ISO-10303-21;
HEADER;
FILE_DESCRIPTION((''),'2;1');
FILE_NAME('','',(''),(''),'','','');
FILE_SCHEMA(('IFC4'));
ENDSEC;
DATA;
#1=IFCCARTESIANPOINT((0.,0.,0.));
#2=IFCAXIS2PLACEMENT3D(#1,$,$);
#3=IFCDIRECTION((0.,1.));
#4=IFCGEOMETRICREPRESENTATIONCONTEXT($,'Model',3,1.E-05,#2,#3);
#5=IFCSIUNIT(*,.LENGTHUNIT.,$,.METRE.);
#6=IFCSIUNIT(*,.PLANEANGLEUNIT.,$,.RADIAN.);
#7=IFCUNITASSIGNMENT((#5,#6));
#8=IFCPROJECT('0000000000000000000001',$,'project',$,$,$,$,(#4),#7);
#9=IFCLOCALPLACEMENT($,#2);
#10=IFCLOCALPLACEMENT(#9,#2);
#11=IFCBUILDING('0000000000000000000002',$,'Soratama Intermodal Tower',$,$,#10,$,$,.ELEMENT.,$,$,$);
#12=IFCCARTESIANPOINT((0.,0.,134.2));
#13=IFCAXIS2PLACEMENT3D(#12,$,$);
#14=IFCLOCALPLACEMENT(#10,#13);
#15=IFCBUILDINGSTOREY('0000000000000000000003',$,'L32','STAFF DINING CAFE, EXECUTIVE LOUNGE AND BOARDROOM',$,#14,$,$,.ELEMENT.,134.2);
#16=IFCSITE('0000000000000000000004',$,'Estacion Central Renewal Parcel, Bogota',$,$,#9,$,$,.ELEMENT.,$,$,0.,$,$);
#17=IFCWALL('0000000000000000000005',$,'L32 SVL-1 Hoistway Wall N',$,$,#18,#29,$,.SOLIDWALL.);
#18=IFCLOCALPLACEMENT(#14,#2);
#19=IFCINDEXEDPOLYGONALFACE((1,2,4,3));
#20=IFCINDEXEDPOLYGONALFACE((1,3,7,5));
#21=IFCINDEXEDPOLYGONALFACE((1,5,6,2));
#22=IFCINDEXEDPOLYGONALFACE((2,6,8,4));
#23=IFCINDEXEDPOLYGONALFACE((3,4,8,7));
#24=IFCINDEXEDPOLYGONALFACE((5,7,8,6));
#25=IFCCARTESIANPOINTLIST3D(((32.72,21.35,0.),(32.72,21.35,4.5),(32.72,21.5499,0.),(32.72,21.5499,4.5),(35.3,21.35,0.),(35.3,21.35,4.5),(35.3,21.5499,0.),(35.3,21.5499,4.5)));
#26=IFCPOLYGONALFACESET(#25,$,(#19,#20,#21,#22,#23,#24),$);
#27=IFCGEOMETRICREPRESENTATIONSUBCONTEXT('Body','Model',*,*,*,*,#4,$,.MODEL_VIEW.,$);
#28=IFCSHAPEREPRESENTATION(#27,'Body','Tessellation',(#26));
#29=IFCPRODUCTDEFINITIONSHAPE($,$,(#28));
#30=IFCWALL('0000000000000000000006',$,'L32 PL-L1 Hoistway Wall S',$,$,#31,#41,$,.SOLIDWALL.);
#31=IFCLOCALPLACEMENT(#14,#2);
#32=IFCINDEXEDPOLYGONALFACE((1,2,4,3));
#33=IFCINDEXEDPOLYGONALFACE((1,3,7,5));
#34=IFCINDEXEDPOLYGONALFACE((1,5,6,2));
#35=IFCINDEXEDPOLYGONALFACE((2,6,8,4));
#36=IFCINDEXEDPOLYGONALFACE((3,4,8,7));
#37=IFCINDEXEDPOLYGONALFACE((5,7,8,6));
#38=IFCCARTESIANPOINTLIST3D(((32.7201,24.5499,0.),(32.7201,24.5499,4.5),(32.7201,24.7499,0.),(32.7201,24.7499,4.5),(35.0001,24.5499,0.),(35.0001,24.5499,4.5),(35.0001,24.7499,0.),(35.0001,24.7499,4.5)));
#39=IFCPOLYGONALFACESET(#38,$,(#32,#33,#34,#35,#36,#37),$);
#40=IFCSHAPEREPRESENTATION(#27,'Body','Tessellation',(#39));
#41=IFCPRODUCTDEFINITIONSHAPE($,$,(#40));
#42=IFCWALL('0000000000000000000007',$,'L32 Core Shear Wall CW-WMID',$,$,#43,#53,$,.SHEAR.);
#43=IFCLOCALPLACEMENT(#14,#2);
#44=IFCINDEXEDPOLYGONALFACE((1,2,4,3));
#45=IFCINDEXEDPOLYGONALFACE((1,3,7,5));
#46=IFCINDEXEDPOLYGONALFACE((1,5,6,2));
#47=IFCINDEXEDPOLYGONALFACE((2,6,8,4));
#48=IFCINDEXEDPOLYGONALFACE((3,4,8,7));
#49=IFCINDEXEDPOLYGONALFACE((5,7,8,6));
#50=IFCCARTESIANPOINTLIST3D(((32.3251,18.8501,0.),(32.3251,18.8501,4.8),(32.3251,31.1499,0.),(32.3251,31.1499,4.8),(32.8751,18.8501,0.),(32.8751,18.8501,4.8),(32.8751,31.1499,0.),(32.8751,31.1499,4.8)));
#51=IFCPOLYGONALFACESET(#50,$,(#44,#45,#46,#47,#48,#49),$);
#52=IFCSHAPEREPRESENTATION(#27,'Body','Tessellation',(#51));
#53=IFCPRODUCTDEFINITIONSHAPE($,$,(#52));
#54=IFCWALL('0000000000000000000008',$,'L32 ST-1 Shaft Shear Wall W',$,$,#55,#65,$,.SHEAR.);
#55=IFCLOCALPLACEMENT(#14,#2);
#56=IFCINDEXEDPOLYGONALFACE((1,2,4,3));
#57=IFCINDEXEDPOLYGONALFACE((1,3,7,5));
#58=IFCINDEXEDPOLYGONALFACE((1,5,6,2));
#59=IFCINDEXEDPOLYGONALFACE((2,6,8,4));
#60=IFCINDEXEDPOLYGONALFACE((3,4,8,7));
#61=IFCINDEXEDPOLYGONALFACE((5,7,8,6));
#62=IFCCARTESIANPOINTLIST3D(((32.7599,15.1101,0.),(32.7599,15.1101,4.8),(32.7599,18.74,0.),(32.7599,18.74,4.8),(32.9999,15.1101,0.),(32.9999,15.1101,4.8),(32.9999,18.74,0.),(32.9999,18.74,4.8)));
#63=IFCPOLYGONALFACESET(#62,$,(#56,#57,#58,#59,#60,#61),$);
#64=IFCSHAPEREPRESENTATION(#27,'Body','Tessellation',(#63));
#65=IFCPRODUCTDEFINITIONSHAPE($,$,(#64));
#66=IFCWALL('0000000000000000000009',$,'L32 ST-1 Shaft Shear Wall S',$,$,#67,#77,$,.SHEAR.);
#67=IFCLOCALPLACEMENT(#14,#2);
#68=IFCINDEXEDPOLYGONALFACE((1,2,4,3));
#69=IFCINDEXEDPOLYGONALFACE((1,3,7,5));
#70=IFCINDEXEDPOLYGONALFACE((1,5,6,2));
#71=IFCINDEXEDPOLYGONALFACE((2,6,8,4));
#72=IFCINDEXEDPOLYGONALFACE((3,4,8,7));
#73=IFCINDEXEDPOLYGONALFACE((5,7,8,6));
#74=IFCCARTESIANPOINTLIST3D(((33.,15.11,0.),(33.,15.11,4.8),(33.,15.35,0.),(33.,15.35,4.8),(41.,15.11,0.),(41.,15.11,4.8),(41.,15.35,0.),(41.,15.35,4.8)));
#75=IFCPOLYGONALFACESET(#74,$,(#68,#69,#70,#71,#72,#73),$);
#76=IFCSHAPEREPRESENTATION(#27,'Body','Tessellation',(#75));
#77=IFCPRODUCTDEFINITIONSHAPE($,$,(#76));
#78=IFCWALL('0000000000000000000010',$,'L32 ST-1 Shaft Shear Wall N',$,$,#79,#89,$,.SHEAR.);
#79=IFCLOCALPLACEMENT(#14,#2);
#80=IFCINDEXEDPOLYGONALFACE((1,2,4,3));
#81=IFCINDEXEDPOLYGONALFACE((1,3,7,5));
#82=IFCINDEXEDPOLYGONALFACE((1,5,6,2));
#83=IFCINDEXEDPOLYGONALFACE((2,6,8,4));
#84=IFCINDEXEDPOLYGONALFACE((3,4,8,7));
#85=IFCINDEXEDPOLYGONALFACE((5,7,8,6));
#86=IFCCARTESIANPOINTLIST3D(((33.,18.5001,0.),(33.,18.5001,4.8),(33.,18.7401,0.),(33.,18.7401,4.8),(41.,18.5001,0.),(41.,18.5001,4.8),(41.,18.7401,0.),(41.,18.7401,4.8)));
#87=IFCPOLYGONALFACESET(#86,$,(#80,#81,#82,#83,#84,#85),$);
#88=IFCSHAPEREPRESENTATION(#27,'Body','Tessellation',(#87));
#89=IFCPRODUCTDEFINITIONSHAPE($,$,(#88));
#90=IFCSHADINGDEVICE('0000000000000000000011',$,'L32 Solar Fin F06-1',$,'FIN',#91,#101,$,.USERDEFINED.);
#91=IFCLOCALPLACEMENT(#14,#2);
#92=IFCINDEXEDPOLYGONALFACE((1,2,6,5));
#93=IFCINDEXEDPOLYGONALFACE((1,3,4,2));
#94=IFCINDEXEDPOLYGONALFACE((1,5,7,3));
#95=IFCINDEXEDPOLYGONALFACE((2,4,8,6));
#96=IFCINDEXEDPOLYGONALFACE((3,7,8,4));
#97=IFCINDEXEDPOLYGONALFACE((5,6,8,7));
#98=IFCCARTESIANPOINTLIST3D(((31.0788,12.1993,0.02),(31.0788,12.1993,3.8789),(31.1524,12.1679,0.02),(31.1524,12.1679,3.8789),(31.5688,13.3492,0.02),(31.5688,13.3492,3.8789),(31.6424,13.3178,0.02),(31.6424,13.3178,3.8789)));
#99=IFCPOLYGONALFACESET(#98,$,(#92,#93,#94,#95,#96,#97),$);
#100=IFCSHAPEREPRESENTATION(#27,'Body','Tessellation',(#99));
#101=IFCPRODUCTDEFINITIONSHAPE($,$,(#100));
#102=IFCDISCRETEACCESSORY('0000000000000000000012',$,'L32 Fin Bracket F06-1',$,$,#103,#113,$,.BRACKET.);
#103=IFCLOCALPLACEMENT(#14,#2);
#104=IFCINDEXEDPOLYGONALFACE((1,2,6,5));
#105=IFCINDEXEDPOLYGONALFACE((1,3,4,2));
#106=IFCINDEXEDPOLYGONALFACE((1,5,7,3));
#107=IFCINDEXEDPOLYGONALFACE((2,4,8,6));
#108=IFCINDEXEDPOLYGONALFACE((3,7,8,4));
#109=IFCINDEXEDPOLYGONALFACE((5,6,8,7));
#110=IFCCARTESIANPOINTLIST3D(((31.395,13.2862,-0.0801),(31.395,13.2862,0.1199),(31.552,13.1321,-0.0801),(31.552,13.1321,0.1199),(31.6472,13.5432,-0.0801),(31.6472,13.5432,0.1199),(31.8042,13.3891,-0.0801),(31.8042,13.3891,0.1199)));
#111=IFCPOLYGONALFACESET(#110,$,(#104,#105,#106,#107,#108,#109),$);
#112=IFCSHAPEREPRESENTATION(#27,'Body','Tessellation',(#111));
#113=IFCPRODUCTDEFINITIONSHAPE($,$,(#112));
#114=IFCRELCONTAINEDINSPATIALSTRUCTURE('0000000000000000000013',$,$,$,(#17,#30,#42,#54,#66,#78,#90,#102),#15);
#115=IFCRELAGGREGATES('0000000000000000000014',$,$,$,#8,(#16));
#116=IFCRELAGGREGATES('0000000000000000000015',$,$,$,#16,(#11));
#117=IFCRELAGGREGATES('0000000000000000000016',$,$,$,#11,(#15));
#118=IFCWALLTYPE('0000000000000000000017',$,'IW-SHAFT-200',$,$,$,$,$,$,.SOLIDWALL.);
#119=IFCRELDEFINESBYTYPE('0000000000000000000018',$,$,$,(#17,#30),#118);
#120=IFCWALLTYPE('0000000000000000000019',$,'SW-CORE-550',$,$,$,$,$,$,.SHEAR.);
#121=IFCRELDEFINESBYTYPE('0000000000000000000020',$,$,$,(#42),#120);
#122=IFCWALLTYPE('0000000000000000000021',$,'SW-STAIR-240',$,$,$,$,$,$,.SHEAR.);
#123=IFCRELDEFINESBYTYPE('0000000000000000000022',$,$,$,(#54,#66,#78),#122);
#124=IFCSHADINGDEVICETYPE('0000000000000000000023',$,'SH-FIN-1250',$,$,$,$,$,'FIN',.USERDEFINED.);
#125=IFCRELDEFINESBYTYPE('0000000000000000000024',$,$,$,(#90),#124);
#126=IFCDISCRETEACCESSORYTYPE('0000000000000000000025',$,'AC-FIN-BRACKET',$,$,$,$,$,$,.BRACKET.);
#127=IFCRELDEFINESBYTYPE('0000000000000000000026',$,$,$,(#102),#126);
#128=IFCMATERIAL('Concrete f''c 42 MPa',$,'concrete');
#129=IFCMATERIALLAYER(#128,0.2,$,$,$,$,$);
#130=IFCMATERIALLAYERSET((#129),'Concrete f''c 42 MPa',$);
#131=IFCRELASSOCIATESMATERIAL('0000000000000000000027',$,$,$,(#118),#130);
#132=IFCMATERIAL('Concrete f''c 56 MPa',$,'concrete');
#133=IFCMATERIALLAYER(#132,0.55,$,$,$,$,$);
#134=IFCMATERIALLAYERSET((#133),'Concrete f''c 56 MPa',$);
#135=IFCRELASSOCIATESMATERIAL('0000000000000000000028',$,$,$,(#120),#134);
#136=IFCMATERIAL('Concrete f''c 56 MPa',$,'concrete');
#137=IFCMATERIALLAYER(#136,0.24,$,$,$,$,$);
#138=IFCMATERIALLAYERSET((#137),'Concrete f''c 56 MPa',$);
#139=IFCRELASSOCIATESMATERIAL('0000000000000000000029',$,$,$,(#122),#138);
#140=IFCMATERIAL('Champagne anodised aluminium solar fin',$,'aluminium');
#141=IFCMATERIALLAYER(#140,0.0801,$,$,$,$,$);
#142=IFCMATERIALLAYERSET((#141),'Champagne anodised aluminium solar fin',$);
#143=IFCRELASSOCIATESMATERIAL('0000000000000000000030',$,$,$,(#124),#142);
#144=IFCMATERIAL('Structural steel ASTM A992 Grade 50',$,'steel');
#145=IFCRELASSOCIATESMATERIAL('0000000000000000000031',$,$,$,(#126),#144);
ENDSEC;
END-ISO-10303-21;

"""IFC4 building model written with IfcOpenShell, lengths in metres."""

from ifc_helpers import new_model, si_unit, direction, frame, frame_2d, origin, origin_2d, place, context, subcontext, project, spatial, rectangle, extrude, material, layer, layer_set, type_object, element, save


model = new_model("IFC4")

# Units and contexts
model_context = context("Model", 3, precision=1e-05, world=origin(), true_north=direction((0.0, 1.0)))
body_context = subcontext(model_context, "Body", "Model", "MODEL_VIEW")
ifc_project = project(units=[si_unit("LENGTHUNIT", "METRE"), si_unit("PLANEANGLEUNIT", "RADIAN")], contexts=[model_context])

# Site, building, storey
site_placement = place(None, origin())
site = spatial("IfcSite", under=ifc_project, at=site_placement, Name="Estacion Central Renewal Parcel, Bogota", CompositionType="ELEMENT", RefElevation=0.0)
building_placement = place(site_placement, origin())
building = spatial("IfcBuilding", under=site, at=building_placement, Name="Soratama Intermodal Tower", CompositionType="ELEMENT")
storey_placement = place(building_placement, frame((0.0, 0.0, 134.2)))
storey = spatial("IfcBuildingStorey", under=building, at=storey_placement, Name="L32", Description="STAFF DINING CAFE, EXECUTIVE LOUNGE AND BOARDROOM", CompositionType="ELEMENT", Elevation=134.2)

# Walls
ifc_material_1 = material(Name="Concrete f'c 42 MPa", Category="concrete")
ifc_layer_1 = layer(ifc_material_1, 0.2)
ifc_layer_set_1 = layer_set([ifc_layer_1], Name="Concrete f'c 42 MPa")
wall_type_1 = type_object("IfcWallType", Name="IW-SHAFT-200", PredefinedType="SOLIDWALL", material=ifc_layer_set_1)
wall_1_placement = place(storey_placement, frame((32.72, 21.45, 0.0), z_axis=(0.0, 0.0, 1.0), x_axis=(1.0, 0.0, 0.0)))
element("IfcWall", 1, at=wall_1_placement, inside=storey, type_object=wall_type_1, Name="L32 SVL-1 Hoistway Wall N", PredefinedType="SOLIDWALL", context=body_context, shape_type="SweptSolid", body=[
    extrude(rectangle(XDim=2.5801, YDim=0.2, at=frame_2d((1.29, 0.0))), origin(), (0.0, 0.0, 1.0), 4.5),
])
wall_2_placement = place(storey_placement, frame((32.72, 24.6499, 0.0), z_axis=(0.0, 0.0, 1.0), x_axis=(1.0, 0.0, 0.0)))
element("IfcWall", 2, at=wall_2_placement, inside=storey, type_object=wall_type_1, Name="L32 PL-L1 Hoistway Wall S", PredefinedType="SOLIDWALL", context=body_context, shape_type="SweptSolid", body=[
    extrude(rectangle(XDim=2.28, YDim=0.2, at=frame_2d((1.1401, 0.0))), origin(), (0.0, 0.0, 1.0), 4.5),
])
ifc_material_2 = material(Name="Concrete f'c 56 MPa", Category="concrete")
ifc_layer_2 = layer(ifc_material_2, 0.55)
ifc_layer_set_2 = layer_set([ifc_layer_2], Name="Concrete f'c 56 MPa")
wall_type_2 = type_object("IfcWallType", Name="SW-CORE-550", PredefinedType="SHEAR", material=ifc_layer_set_2)
wall_3_placement = place(storey_placement, frame((32.6001, 18.8501, 0.0), z_axis=(0.0, 0.0, 1.0), x_axis=(0.0, 1.0, 0.0)))
element("IfcWall", 3, at=wall_3_placement, inside=storey, type_object=wall_type_2, Name="L32 Core Shear Wall CW-WMID", PredefinedType="SHEAR", context=body_context, shape_type="SweptSolid", body=[
    extrude(rectangle(XDim=12.2998, YDim=0.55, at=frame_2d((6.1499, 0.0))), origin(), (0.0, 0.0, 1.0), 4.8),
])
ifc_material_3 = material(Name="Concrete f'c 56 MPa", Category="concrete")
ifc_layer_3 = layer(ifc_material_3, 0.24)
ifc_layer_set_3 = layer_set([ifc_layer_3], Name="Concrete f'c 56 MPa")
wall_type_3 = type_object("IfcWallType", Name="SW-STAIR-240", PredefinedType="SHEAR", material=ifc_layer_set_3)
wall_4_placement = place(storey_placement, frame((32.8799, 15.1101, 0.0), z_axis=(0.0, 0.0, 1.0), x_axis=(0.0, 1.0, 0.0)))
element("IfcWall", 4, at=wall_4_placement, inside=storey, type_object=wall_type_3, Name="L32 ST-1 Shaft Shear Wall W", PredefinedType="SHEAR", context=body_context, shape_type="SweptSolid", body=[
    extrude(rectangle(XDim=3.6299, YDim=0.24, at=frame_2d((1.8149, 0.0))), origin(), (0.0, 0.0, 1.0), 4.8),
])
for number, where, z_axis, x_axis, name in (
    (5, (33.0, 15.23, 0.0), (0.0, 0.0, 1.0), (1.0, 0.0, 0.0), "L32 ST-1 Shaft Shear Wall S"),
    (6, (33.0, 18.6201, 0.0), (0.0, 0.0, 1.0), (1.0, 0.0, 0.0), "L32 ST-1 Shaft Shear Wall N"),
):
    element("IfcWall", number, at=place(storey_placement, frame(where, z_axis=z_axis, x_axis=x_axis)), inside=storey, type_object=wall_type_3, Name=name, PredefinedType="SHEAR", context=body_context, shape_type="SweptSolid", body=[
        extrude(rectangle(XDim=8.0, YDim=0.24, at=frame_2d((4.0, 0.0))), origin(), (0.0, 0.0, 1.0), 4.8),
    ])

# Shading device
ifc_material_4 = material(Name="Champagne anodised aluminium solar fin", Category="aluminium")
ifc_layer_4 = layer(ifc_material_4, 0.0801)
ifc_layer_set_4 = layer_set([ifc_layer_4], Name="Champagne anodised aluminium solar fin")
shading_device_type = type_object("IfcShadingDeviceType", Name="SH-FIN-1250", ElementType="FIN", PredefinedType="USERDEFINED", material=ifc_layer_set_4)
shading_device_placement = place(storey_placement, frame((31.3606, 12.7585, 0.02), z_axis=(0.0, 0.0, 1.0), x_axis=(-0.392016, -0.919958, 0.0)))
element("IfcShadingDevice", 7, at=shading_device_placement, inside=storey, type_object=shading_device_type, Name="L32 Solar Fin F06-1", ObjectType="FIN", PredefinedType="USERDEFINED", context=body_context, shape_type="SweptSolid", body=[
    extrude(rectangle(XDim=1.25, YDim=0.0801, at=origin_2d()), origin(), (0.0, 0.0, 1.0), 3.8589),
])

# Discrete accessory
ifc_material_5 = material(Name="Structural steel ASTM A992 Grade 50", Category="steel")
discrete_accessory_type = type_object("IfcDiscreteAccessoryType", Name="AC-FIN-BRACKET", PredefinedType="BRACKET", material=ifc_material_5)
discrete_accessory_placement = place(storey_placement, frame((31.5996, 13.3376, -0.0801), z_axis=(0.0, 0.0, 1.0), x_axis=(-0.700411, -0.71374, 0.0)))
element("IfcDiscreteAccessory", 8, at=discrete_accessory_placement, inside=storey, type_object=discrete_accessory_type, Name="L32 Fin Bracket F06-1", PredefinedType="BRACKET", context=body_context, shape_type="SweptSolid", body=[
    extrude(rectangle(XDim=0.3601, YDim=0.22, at=origin_2d()), origin(), (0.0, 0.0, 1.0), 0.2),
])

save(model, "model.ifc")
